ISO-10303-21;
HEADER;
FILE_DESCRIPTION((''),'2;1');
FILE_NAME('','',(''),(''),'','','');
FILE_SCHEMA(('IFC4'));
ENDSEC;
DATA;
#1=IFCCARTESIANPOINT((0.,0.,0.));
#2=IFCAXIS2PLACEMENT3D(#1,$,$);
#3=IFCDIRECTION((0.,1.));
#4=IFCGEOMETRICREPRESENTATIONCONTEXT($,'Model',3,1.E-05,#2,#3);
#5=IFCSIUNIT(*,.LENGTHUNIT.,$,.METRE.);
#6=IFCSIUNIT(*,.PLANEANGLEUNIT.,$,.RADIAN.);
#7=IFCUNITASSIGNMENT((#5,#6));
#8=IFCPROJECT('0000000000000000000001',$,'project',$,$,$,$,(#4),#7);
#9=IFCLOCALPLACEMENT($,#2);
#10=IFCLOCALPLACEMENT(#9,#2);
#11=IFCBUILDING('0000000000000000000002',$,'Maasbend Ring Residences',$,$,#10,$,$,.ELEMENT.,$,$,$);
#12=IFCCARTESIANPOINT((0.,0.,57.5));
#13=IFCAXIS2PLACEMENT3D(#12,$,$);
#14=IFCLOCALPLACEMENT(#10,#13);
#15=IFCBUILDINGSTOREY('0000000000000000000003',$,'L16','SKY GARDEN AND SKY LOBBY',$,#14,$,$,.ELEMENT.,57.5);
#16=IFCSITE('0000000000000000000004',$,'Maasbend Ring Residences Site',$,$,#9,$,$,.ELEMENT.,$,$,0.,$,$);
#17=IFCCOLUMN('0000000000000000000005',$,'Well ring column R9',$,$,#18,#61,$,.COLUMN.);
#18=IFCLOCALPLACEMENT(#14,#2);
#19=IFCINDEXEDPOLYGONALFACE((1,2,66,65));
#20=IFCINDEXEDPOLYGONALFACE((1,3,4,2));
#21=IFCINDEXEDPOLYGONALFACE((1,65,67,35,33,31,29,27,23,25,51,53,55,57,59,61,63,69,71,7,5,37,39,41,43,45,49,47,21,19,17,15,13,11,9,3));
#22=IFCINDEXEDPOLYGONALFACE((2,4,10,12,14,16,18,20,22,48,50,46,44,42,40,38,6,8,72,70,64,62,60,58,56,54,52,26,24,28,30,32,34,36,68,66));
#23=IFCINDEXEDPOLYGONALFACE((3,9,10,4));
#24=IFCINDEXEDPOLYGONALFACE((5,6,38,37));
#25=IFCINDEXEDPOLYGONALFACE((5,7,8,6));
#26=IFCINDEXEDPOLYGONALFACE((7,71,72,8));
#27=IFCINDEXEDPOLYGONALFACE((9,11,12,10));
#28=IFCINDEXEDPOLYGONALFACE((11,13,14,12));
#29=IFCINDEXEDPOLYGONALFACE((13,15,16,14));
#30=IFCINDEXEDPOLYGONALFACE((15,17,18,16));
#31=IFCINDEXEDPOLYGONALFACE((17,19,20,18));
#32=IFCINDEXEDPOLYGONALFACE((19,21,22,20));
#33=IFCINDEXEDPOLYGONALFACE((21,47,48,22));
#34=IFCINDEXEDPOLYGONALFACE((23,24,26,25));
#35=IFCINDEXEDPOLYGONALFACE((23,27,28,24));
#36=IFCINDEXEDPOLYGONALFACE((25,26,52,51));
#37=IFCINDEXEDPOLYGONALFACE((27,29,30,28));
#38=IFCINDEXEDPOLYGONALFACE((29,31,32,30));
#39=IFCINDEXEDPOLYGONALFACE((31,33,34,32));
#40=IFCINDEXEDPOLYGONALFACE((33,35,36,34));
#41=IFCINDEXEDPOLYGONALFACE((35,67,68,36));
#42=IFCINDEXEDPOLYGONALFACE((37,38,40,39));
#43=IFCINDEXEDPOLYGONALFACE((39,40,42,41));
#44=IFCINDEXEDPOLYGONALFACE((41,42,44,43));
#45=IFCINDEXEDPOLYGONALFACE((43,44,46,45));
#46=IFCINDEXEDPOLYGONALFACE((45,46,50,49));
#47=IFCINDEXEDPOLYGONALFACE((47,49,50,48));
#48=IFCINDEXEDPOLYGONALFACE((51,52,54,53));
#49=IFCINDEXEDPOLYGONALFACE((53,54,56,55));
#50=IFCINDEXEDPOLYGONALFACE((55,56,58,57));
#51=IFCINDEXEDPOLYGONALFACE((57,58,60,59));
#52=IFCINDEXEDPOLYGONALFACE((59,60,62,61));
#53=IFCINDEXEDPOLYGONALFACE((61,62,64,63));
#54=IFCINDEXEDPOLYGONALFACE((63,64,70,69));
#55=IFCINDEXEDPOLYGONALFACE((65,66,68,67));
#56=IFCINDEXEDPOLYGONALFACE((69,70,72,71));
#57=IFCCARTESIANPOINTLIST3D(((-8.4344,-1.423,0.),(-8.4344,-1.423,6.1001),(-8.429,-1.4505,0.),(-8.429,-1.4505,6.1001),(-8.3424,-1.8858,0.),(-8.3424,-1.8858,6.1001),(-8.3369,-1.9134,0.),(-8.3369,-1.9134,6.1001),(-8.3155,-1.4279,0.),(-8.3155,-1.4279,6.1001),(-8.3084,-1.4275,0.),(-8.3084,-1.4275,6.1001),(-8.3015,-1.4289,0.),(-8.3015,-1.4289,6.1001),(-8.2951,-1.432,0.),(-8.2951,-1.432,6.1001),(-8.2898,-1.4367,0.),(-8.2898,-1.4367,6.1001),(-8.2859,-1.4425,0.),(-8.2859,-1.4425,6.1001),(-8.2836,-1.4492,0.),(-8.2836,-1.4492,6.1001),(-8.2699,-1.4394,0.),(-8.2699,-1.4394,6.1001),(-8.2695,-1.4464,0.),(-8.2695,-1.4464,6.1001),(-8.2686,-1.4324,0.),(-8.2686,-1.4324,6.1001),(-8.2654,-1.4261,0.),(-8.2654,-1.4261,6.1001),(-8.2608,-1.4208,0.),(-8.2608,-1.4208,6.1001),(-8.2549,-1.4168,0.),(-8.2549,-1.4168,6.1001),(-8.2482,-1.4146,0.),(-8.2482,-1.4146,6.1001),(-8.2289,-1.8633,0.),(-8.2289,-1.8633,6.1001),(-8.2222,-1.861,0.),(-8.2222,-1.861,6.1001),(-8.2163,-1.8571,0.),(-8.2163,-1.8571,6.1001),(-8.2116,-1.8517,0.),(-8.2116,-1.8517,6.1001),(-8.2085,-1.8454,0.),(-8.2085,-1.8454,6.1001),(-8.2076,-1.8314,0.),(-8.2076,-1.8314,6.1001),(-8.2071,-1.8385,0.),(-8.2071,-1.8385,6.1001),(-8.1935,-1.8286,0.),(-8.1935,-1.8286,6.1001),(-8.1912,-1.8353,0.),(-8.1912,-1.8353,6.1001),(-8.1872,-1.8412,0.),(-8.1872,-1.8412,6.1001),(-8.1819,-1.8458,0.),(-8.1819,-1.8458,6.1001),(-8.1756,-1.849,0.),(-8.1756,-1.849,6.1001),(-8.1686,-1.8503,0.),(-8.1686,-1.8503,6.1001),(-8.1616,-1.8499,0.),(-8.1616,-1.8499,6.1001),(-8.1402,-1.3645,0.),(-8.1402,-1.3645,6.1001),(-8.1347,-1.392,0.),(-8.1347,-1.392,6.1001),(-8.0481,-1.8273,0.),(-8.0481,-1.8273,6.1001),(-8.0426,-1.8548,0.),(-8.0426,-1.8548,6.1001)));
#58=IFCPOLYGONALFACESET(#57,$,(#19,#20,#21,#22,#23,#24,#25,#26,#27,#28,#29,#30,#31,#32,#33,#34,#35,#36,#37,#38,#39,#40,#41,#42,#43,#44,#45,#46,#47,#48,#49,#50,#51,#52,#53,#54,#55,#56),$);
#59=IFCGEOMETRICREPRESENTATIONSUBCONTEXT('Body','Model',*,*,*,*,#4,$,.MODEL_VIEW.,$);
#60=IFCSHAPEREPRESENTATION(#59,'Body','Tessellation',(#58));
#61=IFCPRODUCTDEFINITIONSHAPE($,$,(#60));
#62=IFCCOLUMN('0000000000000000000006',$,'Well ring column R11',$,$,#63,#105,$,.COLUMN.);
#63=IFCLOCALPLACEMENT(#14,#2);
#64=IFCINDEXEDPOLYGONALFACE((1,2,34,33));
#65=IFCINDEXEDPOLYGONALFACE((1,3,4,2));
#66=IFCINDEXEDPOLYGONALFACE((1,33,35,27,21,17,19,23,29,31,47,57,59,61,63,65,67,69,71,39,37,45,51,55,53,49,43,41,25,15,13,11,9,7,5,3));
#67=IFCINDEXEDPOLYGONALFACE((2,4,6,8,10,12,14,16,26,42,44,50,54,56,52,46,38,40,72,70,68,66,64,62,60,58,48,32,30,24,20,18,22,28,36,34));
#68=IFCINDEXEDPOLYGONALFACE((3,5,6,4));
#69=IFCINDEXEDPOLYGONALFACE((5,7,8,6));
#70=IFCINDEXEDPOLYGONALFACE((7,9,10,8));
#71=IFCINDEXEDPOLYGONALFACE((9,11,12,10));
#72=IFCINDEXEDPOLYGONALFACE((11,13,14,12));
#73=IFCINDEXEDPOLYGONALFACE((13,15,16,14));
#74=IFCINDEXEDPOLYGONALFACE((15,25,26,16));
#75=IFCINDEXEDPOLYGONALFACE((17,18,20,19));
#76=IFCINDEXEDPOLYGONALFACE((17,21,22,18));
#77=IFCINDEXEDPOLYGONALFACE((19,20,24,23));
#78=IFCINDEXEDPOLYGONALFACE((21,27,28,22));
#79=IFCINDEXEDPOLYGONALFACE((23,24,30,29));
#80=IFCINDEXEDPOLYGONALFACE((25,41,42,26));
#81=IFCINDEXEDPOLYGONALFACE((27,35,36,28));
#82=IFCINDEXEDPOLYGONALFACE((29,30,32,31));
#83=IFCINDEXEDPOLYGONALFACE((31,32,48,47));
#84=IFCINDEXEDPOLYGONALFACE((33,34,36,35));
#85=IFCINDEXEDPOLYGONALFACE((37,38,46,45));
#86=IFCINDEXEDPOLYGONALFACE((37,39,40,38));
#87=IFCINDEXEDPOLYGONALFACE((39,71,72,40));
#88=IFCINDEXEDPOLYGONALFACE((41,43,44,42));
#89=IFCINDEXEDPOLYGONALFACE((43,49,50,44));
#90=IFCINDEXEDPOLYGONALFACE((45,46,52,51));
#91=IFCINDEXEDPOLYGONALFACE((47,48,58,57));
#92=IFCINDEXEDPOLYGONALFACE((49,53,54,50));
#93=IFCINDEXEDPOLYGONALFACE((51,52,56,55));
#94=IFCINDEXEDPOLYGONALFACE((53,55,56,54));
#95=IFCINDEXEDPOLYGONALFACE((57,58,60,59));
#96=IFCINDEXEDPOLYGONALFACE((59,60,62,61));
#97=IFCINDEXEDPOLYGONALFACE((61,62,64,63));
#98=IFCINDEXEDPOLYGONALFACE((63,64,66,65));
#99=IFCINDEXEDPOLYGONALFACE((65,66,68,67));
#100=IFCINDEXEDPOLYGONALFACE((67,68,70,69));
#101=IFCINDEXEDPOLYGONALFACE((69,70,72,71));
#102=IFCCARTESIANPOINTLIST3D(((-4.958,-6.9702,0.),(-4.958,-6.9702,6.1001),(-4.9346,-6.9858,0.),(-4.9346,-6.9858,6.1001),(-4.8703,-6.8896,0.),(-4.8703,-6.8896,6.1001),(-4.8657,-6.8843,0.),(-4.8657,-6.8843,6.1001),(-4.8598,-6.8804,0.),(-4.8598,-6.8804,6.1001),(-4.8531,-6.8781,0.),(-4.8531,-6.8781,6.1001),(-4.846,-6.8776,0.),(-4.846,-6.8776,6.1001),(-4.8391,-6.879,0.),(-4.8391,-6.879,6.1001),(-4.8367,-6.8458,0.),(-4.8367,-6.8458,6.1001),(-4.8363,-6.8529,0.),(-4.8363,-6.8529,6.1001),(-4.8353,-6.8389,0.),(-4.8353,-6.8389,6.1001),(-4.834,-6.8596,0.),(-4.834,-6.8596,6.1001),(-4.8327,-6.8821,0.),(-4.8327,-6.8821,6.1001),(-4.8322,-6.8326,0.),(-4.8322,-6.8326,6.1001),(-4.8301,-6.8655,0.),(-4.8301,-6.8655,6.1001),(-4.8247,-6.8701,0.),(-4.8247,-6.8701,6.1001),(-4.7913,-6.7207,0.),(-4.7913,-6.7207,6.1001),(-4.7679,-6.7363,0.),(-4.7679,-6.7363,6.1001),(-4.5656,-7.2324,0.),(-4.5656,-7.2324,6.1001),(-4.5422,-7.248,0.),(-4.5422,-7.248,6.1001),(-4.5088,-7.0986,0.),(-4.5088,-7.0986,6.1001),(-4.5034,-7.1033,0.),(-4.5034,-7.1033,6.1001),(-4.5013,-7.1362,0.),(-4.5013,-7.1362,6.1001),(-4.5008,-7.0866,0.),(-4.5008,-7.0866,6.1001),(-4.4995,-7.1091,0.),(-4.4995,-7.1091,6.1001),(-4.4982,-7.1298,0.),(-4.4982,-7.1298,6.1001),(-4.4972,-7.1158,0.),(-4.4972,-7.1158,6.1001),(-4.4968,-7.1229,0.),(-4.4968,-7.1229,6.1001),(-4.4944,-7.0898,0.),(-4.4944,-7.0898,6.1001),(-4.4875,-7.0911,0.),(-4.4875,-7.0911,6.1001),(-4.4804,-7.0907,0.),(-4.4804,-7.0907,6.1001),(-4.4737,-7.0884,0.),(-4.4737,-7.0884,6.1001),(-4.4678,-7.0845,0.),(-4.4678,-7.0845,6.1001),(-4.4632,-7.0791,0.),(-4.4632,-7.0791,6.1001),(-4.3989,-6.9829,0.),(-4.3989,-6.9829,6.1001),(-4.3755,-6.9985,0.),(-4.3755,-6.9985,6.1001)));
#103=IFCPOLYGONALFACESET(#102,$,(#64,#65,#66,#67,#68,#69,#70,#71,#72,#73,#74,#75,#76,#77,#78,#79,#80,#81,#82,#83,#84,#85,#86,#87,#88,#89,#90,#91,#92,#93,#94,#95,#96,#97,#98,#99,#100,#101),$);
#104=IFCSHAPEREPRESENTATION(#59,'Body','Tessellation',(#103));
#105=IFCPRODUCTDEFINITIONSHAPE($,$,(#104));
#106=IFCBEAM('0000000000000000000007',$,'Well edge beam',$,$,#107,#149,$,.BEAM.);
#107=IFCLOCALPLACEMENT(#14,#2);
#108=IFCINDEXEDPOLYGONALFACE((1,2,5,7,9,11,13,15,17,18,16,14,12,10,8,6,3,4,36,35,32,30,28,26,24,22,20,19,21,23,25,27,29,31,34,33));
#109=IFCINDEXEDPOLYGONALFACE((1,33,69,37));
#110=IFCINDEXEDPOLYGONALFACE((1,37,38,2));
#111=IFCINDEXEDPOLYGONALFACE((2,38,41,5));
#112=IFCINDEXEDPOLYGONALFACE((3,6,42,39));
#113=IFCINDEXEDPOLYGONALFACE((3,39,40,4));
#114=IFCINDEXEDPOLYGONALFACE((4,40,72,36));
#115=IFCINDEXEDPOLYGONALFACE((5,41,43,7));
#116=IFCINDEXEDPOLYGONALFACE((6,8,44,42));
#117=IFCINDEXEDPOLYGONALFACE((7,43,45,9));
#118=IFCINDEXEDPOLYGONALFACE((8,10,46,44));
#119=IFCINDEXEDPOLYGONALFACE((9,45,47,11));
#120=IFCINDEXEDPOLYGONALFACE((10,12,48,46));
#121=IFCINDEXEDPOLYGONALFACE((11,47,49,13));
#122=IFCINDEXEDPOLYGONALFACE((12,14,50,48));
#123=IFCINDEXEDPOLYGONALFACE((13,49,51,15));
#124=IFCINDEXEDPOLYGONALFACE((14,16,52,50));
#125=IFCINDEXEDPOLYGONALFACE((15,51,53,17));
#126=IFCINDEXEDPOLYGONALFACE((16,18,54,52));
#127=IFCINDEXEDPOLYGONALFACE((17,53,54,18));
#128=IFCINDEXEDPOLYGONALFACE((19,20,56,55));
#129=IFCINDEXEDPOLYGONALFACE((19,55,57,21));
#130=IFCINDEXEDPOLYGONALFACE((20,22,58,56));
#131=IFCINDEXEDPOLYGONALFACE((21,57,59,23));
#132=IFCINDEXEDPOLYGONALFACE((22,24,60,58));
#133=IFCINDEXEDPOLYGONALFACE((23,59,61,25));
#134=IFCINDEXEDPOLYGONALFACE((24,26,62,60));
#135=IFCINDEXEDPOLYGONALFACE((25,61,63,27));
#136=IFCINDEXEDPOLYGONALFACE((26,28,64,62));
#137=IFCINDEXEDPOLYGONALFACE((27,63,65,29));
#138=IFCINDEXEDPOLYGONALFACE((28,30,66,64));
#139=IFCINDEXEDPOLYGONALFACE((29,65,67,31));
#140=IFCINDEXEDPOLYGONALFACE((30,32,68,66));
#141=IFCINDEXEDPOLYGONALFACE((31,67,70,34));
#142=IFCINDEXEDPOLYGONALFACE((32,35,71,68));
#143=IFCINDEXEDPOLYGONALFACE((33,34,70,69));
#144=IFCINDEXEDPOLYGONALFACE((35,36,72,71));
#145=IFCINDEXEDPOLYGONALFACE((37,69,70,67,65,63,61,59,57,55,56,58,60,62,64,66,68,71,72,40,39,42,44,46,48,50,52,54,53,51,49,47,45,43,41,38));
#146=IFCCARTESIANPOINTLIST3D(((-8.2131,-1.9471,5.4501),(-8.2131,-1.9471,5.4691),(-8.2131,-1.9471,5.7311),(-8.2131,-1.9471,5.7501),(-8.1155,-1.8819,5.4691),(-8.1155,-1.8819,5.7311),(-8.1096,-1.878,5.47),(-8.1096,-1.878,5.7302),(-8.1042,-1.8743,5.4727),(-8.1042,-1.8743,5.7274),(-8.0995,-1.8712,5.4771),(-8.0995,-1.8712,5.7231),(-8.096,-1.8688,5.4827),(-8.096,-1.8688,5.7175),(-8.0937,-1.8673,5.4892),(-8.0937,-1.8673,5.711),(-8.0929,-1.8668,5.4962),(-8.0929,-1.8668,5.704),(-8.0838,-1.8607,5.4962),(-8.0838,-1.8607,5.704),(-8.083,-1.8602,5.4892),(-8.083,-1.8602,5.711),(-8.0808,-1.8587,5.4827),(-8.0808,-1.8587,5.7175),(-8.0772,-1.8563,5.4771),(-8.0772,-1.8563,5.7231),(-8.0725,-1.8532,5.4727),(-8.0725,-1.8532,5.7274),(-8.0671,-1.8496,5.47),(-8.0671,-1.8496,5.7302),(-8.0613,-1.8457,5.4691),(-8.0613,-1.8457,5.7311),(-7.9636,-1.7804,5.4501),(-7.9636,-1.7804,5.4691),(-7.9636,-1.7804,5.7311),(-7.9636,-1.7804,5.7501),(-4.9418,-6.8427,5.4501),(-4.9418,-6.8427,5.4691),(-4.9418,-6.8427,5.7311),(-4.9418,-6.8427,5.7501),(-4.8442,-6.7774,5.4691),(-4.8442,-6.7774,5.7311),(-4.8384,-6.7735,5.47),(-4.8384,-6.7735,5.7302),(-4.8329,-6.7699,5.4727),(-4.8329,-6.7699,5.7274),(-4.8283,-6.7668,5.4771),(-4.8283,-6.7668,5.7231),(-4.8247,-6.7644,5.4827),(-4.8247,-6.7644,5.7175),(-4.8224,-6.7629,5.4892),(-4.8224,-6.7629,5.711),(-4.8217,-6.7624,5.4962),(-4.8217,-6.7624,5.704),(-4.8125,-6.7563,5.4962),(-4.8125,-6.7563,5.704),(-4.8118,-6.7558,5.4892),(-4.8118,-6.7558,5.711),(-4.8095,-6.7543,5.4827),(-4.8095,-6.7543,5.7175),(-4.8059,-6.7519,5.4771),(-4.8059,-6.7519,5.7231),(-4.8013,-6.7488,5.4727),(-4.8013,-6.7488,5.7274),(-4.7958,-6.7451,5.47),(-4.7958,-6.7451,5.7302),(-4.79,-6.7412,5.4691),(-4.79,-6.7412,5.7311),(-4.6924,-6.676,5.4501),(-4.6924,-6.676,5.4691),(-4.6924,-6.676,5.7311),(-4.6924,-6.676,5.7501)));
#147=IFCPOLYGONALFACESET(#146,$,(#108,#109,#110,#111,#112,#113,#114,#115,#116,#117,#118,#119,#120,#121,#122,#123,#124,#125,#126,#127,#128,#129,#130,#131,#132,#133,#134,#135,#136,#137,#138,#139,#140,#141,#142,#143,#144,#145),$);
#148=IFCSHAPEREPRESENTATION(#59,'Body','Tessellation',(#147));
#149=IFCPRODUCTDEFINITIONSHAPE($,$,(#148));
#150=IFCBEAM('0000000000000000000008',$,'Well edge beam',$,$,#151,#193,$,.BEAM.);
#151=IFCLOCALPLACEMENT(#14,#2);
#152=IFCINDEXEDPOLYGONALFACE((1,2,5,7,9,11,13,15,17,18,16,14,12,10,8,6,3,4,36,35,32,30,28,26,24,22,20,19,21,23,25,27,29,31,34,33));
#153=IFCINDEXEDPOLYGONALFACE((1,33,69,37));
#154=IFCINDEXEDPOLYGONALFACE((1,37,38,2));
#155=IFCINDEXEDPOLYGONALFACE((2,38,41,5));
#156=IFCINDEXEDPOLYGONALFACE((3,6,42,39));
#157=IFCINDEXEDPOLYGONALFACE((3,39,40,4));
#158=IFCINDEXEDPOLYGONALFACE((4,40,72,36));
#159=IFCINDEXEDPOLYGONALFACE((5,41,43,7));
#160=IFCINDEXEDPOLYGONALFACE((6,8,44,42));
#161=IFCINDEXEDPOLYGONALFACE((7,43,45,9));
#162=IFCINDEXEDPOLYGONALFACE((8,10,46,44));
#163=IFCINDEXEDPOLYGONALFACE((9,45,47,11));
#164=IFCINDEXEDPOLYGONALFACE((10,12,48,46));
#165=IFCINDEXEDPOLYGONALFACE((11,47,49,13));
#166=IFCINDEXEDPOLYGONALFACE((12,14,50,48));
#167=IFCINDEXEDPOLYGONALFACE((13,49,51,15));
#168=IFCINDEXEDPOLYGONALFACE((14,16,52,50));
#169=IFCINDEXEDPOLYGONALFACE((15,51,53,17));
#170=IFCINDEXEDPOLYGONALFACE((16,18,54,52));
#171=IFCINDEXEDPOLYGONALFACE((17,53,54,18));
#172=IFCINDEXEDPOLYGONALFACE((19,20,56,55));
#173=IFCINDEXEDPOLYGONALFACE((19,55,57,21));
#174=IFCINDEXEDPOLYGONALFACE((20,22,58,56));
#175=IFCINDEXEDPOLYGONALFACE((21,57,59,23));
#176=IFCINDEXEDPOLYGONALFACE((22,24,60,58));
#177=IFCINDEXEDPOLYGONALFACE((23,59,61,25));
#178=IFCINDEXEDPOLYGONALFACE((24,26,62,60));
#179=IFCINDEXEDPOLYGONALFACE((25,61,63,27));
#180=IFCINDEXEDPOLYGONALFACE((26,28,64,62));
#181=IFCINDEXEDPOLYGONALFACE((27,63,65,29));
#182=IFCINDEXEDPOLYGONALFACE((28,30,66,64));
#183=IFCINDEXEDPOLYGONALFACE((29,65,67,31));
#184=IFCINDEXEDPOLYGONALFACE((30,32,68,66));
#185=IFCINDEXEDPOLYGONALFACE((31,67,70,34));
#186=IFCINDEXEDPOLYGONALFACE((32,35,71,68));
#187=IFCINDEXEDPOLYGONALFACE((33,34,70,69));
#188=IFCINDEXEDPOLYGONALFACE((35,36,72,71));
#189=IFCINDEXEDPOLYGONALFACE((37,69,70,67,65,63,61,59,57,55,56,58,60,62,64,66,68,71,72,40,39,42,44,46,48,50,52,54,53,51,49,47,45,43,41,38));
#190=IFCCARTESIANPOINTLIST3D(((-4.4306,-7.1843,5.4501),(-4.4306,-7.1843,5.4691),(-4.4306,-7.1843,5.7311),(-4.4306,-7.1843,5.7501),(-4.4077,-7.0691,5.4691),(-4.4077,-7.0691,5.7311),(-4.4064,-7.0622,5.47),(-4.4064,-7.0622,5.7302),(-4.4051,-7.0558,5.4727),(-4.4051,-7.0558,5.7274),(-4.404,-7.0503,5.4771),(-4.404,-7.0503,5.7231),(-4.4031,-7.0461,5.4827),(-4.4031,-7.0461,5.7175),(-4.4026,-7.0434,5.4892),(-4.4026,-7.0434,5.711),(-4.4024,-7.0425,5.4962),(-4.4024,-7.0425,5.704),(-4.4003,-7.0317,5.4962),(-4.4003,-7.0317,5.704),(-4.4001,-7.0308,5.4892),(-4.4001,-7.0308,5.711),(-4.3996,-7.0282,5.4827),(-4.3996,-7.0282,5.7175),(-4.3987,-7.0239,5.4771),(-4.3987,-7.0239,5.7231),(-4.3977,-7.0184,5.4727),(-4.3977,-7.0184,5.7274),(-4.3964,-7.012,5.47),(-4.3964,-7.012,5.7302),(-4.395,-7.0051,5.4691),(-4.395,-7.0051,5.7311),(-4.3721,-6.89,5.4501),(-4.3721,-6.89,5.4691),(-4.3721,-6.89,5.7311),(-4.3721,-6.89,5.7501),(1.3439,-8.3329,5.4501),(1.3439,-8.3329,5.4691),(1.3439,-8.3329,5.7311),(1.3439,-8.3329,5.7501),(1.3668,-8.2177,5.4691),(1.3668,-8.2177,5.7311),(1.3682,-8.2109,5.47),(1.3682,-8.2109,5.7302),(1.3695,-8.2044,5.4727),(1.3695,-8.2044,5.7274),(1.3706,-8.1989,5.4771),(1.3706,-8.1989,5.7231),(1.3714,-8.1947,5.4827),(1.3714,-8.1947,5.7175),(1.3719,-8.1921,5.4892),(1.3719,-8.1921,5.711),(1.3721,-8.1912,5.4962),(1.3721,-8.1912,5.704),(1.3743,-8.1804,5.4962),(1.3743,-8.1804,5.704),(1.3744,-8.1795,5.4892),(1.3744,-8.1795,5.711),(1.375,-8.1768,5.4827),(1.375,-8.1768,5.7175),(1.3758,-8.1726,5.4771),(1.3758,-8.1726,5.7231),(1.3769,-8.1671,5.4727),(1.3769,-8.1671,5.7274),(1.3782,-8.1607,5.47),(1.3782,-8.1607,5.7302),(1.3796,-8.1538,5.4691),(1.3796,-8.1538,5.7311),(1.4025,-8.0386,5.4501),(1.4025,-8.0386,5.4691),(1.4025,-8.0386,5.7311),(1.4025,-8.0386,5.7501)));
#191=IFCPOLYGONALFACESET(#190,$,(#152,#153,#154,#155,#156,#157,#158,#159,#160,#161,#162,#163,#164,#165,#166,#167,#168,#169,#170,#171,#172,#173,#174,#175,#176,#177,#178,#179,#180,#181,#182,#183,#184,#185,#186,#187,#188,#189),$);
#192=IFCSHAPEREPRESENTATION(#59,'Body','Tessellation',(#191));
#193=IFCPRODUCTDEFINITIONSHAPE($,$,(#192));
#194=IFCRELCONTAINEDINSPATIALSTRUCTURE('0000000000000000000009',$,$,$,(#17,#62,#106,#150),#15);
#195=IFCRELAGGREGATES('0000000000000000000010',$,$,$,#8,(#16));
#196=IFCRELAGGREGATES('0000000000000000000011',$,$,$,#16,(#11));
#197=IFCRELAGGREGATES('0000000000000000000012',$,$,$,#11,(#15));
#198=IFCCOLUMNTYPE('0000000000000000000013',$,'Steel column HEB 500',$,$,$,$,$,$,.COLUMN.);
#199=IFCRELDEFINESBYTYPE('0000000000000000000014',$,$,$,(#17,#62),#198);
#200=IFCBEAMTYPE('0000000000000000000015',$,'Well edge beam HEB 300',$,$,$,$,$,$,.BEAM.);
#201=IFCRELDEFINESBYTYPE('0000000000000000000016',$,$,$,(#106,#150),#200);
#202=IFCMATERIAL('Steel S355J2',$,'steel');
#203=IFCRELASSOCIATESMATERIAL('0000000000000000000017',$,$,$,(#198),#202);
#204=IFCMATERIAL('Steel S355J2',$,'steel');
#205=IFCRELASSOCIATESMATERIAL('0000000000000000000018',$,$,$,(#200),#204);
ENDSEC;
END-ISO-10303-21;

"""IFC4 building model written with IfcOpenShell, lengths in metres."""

from ifc_helpers import new_model, si_unit, direction, frame, origin, origin_2d, place, context, subcontext, project, spatial, i_section, extrude, material, material_profile, profile_set, type_object, element, save


model = new_model("IFC4")

# Units and contexts
model_context = context("Model", 3, precision=1e-05, world=origin(), true_north=direction((0.0, 1.0)))
body_context = subcontext(model_context, "Body", "Model", "MODEL_VIEW")
ifc_project = project(units=[si_unit("LENGTHUNIT", "METRE"), si_unit("PLANEANGLEUNIT", "RADIAN")], contexts=[model_context])

# Site, building, storey
site_placement = place(None, origin())
site = spatial("IfcSite", under=ifc_project, at=site_placement, Name="Maasbend Ring Residences Site", CompositionType="ELEMENT", RefElevation=0.0)
building_placement = place(site_placement, origin())
building = spatial("IfcBuilding", under=site, at=building_placement, Name="Maasbend Ring Residences", CompositionType="ELEMENT")
storey_placement = place(building_placement, frame((0.0, 0.0, 57.5)))
storey = spatial("IfcBuildingStorey", under=building, at=storey_placement, Name="L16", Description="SKY GARDEN AND SKY LOBBY", CompositionType="ELEMENT", Elevation=57.5)

# Columns
ifc_material_1 = material(Name="Steel S355J2", Category="steel")
ifc_material_profile_1 = material_profile(ifc_material_1, i_section(OverallWidth=0.3, OverallDepth=0.5, WebThickness=0.0144, FlangeThickness=0.0281, FilletRadius=0.0271, at=origin_2d()), Name="HEB 500")
ifc_profile_set_1 = profile_set([ifc_material_profile_1], Name="Steel S355J2")
column_type = type_object("IfcColumnType", Name="Steel column HEB 500", PredefinedType="COLUMN", material=ifc_profile_set_1)
for number, where, z_axis, x_axis, name in (
    (1, (-8.2385, -1.6389, 0.0), (0.0, 0.0, 1.0), (-0.980785, -0.19509, 0.0), "Well ring column R9"),
    (2, (-4.6667, -6.9844, 0.0), (0.0, 0.0, 1.0), (-0.55557, -0.83147, 0.0), "Well ring column R11"),
):
    element("IfcColumn", number, at=place(storey_placement, frame(where, z_axis=z_axis, x_axis=x_axis)), inside=storey, type_object=column_type, Name=name, PredefinedType="COLUMN", context=body_context, shape_type="SweptSolid", body=[
        extrude(i_section(OverallWidth=0.3, OverallDepth=0.5, WebThickness=0.0144, FlangeThickness=0.0281, FilletRadius=0.0271, at=origin_2d()), origin(), (0.0, 0.0, 1.0), 6.1001),
    ])

# Beams
ifc_material_2 = material(Name="Steel S355J2", Category="steel")
ifc_material_profile_2 = material_profile(ifc_material_2, i_section(OverallWidth=0.3, OverallDepth=0.3, WebThickness=0.011, FlangeThickness=0.019, FilletRadius=0.0271, at=origin_2d()), Name="HEB 300")
ifc_profile_set_2 = profile_set([ifc_material_profile_2], Name="Steel S355J2")
beam_type = type_object("IfcBeamType", Name="Well edge beam HEB 300", PredefinedType="BEAM", material=ifc_profile_set_2)
beam_1_placement = place(storey_placement, frame((-8.0884, -1.8638, 5.6001), z_axis=(0.55559, -0.831457, 0.0), x_axis=(0.831457, 0.55559, 0.0)))
element("IfcBeam", 3, at=beam_1_placement, inside=storey, type_object=beam_type, Name="Well edge beam", PredefinedType="BEAM", context=body_context, shape_type="SweptSolid", body=[
    extrude(i_section(OverallWidth=0.3, OverallDepth=0.3, WebThickness=0.011, FlangeThickness=0.019, FilletRadius=0.0271, at=origin_2d()), origin(), (0.0, 0.0, 1.0), 5.8879),
])
beam_2_placement = place(storey_placement, frame((-4.4014, -7.0371, 5.6001), z_axis=(0.980784, -0.195095, 0.0), x_axis=(0.195095, 0.980784, 0.0)))
element("IfcBeam", 4, at=beam_2_placement, inside=storey, type_object=beam_type, Name="Well edge beam", PredefinedType="BEAM", context=body_context, shape_type="SweptSolid", body=[
    extrude(i_section(OverallWidth=0.3, OverallDepth=0.3, WebThickness=0.011, FlangeThickness=0.019, FilletRadius=0.0271, at=origin_2d()), origin(), (0.0, 0.0, 1.0), 5.8877),
])

save(model, "model.ifc")
